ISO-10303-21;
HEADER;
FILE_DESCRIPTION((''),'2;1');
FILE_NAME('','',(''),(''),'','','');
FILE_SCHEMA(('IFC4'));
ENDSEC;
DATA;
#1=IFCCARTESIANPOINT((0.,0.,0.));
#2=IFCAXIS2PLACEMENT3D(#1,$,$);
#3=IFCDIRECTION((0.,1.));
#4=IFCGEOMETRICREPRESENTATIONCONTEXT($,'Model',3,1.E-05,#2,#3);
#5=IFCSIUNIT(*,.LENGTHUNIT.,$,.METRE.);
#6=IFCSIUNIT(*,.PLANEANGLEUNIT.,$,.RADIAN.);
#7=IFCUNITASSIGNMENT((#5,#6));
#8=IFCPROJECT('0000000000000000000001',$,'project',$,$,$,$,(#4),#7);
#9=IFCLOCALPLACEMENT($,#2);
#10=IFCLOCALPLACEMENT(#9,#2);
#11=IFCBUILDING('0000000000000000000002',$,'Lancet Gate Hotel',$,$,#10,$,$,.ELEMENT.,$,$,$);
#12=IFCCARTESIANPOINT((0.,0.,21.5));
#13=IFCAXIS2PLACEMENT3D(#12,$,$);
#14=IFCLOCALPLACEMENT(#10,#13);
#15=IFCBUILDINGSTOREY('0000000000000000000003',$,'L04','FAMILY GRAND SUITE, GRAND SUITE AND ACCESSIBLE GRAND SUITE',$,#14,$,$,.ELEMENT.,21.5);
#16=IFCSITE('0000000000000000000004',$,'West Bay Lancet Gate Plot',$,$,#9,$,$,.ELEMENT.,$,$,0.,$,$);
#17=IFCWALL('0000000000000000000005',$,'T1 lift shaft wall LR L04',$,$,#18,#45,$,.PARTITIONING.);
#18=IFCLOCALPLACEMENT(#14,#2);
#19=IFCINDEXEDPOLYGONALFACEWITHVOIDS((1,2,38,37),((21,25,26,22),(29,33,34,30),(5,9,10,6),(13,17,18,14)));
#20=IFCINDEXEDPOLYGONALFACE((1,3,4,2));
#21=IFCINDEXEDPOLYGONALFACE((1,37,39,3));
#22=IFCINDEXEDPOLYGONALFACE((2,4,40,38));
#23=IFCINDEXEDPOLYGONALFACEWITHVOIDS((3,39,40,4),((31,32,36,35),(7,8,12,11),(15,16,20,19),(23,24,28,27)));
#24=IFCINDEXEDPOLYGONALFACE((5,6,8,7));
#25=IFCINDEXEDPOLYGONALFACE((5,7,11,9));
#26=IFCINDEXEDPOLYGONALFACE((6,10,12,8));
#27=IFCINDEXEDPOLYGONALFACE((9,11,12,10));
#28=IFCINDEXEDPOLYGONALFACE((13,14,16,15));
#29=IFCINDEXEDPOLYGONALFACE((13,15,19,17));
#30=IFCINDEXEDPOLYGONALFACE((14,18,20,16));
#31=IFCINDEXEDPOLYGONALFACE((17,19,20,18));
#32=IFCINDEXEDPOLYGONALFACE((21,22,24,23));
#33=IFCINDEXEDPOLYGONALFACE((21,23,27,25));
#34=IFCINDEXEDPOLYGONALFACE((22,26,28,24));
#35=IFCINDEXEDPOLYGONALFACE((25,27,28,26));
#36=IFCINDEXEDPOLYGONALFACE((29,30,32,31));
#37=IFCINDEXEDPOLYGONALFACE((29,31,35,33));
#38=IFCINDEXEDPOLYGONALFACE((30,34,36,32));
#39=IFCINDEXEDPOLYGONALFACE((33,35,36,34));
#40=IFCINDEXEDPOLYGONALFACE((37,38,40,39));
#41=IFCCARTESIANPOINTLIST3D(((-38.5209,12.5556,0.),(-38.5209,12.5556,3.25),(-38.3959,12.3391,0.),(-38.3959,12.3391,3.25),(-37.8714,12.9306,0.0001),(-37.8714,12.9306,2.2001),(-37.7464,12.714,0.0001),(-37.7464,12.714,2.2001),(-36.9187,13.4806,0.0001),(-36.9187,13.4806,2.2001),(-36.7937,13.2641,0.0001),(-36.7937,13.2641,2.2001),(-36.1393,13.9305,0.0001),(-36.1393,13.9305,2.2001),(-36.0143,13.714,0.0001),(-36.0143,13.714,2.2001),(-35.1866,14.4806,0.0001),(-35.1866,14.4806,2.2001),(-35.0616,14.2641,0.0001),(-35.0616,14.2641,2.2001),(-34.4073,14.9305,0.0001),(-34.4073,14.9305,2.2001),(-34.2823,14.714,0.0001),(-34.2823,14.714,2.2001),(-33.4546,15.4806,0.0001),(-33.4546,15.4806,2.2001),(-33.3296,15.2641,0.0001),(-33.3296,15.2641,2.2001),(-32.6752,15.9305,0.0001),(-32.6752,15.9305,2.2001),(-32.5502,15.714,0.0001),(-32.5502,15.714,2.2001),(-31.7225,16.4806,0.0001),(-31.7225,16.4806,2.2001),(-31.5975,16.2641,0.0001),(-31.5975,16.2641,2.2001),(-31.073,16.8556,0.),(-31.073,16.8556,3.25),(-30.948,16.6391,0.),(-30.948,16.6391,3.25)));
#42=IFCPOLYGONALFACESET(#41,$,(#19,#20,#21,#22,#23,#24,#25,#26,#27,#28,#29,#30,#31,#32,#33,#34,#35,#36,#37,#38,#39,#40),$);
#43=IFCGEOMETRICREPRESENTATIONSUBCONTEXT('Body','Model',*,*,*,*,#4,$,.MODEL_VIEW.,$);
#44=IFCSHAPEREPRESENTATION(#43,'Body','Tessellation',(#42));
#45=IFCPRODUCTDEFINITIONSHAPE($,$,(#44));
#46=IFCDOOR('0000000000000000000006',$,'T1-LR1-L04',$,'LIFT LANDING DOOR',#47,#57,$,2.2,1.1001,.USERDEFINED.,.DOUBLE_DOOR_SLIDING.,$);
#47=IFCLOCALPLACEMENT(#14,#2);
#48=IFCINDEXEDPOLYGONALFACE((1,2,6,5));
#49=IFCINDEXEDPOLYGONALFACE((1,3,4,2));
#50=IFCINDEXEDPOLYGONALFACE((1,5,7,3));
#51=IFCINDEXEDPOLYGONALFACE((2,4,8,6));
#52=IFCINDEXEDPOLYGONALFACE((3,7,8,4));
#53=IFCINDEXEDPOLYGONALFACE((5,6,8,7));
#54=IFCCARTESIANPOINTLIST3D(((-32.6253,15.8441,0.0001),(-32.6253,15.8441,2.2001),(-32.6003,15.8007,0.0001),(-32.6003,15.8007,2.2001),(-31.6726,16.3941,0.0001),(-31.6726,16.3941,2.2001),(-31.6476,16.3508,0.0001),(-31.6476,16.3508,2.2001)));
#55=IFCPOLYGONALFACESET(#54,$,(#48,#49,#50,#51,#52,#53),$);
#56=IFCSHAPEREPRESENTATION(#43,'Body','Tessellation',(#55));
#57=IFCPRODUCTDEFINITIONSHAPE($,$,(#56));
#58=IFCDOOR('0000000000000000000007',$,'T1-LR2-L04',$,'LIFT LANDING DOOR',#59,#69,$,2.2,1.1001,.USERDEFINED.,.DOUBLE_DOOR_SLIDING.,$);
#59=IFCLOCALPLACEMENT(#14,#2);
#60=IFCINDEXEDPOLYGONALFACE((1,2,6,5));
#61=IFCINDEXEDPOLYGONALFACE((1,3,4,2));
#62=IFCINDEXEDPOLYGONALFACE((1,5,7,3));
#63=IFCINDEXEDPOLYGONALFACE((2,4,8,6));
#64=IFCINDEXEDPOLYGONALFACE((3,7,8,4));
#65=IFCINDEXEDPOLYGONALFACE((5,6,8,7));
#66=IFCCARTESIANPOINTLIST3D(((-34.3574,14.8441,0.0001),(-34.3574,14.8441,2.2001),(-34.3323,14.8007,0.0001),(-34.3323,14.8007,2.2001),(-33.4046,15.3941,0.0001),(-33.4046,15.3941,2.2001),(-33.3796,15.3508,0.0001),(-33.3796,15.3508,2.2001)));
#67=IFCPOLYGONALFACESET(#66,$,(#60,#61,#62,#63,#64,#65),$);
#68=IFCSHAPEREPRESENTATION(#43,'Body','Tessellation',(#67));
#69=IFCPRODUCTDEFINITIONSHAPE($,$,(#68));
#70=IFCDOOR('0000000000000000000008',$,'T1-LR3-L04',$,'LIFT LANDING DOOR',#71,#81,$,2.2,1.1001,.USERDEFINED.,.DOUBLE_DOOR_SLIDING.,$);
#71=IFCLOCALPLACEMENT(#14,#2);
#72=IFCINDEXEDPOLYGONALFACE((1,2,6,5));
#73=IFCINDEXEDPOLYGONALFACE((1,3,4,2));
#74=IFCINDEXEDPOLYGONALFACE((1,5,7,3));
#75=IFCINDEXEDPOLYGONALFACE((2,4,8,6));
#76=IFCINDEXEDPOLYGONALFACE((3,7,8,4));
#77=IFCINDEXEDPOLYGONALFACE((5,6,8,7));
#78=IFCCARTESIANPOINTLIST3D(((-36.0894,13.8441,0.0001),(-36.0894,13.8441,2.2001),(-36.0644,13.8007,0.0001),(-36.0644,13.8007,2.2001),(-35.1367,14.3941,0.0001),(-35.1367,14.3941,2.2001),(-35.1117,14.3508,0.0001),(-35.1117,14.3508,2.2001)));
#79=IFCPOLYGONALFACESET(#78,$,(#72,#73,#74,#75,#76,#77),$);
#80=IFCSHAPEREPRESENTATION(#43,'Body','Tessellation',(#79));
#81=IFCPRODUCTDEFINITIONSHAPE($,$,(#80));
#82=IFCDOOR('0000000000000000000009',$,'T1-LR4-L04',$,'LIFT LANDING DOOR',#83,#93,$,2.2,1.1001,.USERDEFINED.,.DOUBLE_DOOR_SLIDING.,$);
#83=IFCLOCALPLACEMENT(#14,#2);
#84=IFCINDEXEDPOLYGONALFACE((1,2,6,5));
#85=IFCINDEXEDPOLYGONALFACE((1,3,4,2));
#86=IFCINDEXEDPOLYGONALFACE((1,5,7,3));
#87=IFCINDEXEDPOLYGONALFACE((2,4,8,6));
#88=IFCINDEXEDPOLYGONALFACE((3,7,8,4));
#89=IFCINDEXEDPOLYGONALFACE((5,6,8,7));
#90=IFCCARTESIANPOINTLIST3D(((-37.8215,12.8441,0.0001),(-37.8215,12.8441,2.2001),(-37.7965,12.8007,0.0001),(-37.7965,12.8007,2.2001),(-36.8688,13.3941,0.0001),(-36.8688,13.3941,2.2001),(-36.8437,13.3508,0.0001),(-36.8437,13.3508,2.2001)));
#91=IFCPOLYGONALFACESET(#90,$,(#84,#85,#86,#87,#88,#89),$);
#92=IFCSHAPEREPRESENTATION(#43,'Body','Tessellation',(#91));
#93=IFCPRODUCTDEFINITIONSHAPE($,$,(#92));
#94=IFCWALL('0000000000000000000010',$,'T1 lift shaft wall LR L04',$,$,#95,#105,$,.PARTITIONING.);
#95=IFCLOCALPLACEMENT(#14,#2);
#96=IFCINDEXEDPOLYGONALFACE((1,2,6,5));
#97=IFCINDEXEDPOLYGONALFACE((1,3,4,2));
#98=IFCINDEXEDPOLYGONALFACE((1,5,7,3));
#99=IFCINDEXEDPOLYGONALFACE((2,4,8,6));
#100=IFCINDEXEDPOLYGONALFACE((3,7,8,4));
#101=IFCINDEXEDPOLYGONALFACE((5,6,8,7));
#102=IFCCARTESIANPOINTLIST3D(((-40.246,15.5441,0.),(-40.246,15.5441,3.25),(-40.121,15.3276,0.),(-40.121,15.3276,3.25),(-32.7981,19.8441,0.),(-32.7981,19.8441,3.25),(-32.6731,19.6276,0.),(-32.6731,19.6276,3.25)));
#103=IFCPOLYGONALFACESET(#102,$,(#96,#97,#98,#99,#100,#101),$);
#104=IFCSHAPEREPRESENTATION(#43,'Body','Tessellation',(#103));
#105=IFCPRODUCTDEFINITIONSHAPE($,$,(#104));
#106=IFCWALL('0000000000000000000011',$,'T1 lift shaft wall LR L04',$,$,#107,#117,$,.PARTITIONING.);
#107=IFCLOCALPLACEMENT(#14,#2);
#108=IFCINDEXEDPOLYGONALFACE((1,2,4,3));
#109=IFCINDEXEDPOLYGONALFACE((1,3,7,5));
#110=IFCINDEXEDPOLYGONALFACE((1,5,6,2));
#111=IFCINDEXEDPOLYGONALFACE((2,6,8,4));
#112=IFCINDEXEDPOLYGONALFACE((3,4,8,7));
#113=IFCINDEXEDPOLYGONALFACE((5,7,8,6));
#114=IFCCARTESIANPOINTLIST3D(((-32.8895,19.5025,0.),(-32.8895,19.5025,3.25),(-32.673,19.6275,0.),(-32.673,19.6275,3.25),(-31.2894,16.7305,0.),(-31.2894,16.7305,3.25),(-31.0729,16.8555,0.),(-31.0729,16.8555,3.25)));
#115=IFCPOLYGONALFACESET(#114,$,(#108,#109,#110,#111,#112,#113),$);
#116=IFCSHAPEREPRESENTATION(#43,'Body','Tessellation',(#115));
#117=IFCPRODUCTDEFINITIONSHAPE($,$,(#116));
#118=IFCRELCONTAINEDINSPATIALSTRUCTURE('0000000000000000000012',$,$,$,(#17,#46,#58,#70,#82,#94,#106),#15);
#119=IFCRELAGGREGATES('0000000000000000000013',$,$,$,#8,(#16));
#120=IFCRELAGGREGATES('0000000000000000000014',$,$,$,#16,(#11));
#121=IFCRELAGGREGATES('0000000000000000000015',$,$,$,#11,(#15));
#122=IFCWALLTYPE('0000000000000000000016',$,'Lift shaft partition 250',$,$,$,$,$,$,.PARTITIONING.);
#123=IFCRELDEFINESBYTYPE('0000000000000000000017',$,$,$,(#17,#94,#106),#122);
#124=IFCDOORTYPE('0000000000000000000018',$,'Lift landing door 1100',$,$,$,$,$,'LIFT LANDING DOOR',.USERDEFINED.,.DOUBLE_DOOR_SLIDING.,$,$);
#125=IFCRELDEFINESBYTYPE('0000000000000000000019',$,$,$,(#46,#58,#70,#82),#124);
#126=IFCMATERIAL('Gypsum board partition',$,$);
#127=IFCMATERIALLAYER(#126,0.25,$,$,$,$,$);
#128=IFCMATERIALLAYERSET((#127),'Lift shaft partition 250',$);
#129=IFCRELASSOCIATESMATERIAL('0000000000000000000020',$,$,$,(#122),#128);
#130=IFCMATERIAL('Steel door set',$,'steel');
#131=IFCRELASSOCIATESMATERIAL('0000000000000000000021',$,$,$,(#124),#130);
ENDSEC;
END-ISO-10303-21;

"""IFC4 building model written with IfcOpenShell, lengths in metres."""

from ifc_helpers import new_model, si_unit, direction, frame, frame_2d, origin, place, context, subcontext, project, spatial, rectangle, extrude, material, layer, layer_set, type_object, element, fill, save


model = new_model("IFC4")

# Units and contexts
model_context = context("Model", 3, precision=1e-05, world=origin(), true_north=direction((0.0, 1.0)))
body_context = subcontext(model_context, "Body", "Model", "MODEL_VIEW")
ifc_project = project(units=[si_unit("LENGTHUNIT", "METRE"), si_unit("PLANEANGLEUNIT", "RADIAN")], contexts=[model_context])

# Site, building, storey
site_placement = place(None, origin())
site = spatial("IfcSite", under=ifc_project, at=site_placement, Name="West Bay Lancet Gate Plot", CompositionType="ELEMENT", RefElevation=0.0)
building_placement = place(site_placement, origin())
building = spatial("IfcBuilding", under=site, at=building_placement, Name="Lancet Gate Hotel", CompositionType="ELEMENT")
storey_placement = place(building_placement, frame((0.0, 0.0, 21.5)))
storey = spatial("IfcBuildingStorey", under=building, at=storey_placement, Name="L04", Description="FAMILY GRAND SUITE, GRAND SUITE AND ACCESSIBLE GRAND SUITE", CompositionType="ELEMENT", Elevation=21.5)

# Wall, openings, doors
ifc_material_1 = material(Name="Gypsum board partition")
ifc_layer_1 = layer(ifc_material_1, 0.25)
ifc_layer_set_1 = layer_set([ifc_layer_1], Name="Lift shaft partition 250")
wall_type = type_object("IfcWallType", Name="Lift shaft partition 250", PredefinedType="PARTITIONING", material=ifc_layer_set_1)
wall_1_placement = place(storey_placement, frame((-31.0105, 16.7473, 0.0), z_axis=(0.0, 0.0, 1.0), x_axis=(-0.866028, -0.499995, 0.0)))
wall_1 = element("IfcWall", 1, at=wall_1_placement, inside=storey, type_object=wall_type, Name="T1 lift shaft wall LR L04", PredefinedType="PARTITIONING", context=body_context, shape_type="SweptSolid", body=[
    extrude(rectangle(XDim=8.6001, YDim=0.25, at=frame_2d((4.3, 0.0))), origin(), (0.0, 0.0, 1.0), 3.25),
])
opening_1_placement = place(wall_1_placement, frame((0.75, 0.0, 0.0)))
opening_1 = element("IfcOpeningElement", 2, at=opening_1_placement, cuts=wall_1, PredefinedType="OPENING", context=body_context, shape_type="SweptSolid", body=[
    extrude(rectangle(XDim=1.1001, YDim=2.2, at=frame_2d((0.55, 1.1001))), frame((0.0, 0.135, 0.0), z_axis=(0.0, -1.0, 0.0), x_axis=(1.0, 0.0, 0.0)), (0.0, 0.0, 1.0), 0.27),
])
opening_2_placement = place(wall_1_placement, frame((2.75, 0.0, 0.0)))
opening_2 = element("IfcOpeningElement", 3, at=opening_2_placement, cuts=wall_1, PredefinedType="OPENING", context=body_context, shape_type="SweptSolid", body=[
    extrude(rectangle(XDim=1.1001, YDim=2.2, at=frame_2d((0.55, 1.1001))), frame((0.0, 0.135, 0.0), z_axis=(0.0, -1.0, 0.0), x_axis=(1.0, 0.0, 0.0)), (0.0, 0.0, 1.0), 0.27),
])
opening_3_placement = place(wall_1_placement, frame((4.75, 0.0, 0.0)))
opening_3 = element("IfcOpeningElement", 4, at=opening_3_placement, cuts=wall_1, PredefinedType="OPENING", context=body_context, shape_type="SweptSolid", body=[
    extrude(rectangle(XDim=1.1001, YDim=2.2, at=frame_2d((0.55, 1.1001))), frame((0.0, 0.135, 0.0), z_axis=(0.0, -1.0, 0.0), x_axis=(1.0, 0.0, 0.0)), (0.0, 0.0, 1.0), 0.27),
])
opening_4_placement = place(wall_1_placement, frame((6.75, 0.0, 0.0)))
opening_4 = element("IfcOpeningElement", 5, at=opening_4_placement, cuts=wall_1, PredefinedType="OPENING", context=body_context, shape_type="SweptSolid", body=[
    extrude(rectangle(XDim=1.1001, YDim=2.2, at=frame_2d((0.55, 1.1001))), frame((0.0, 0.135, 0.0), z_axis=(0.0, -1.0, 0.0), x_axis=(1.0, 0.0, 0.0)), (0.0, 0.0, 1.0), 0.27),
])
ifc_material_2 = material(Name="Steel door set", Category="steel")
door_type = type_object("IfcDoorType", Name="Lift landing door 1100", ElementType="LIFT LANDING DOOR", OperationType="DOUBLE_DOOR_SLIDING", PredefinedType="USERDEFINED", material=ifc_material_2)
door_1_placement = place(opening_1_placement, origin())
door_1 = element("IfcDoor", 6, at=door_1_placement, inside=storey, type_object=door_type, Name="T1-LR1-L04", ObjectType="LIFT LANDING DOOR", OperationType="DOUBLE_DOOR_SLIDING", OverallHeight=2.2, OverallWidth=1.1001, PredefinedType="USERDEFINED", context=body_context, shape_type="SweptSolid", body=[
    extrude(rectangle(XDim=1.1001, YDim=2.2, at=frame_2d((0.55, 1.1001))), frame((0.0, 0.0249, 0.0), z_axis=(0.0, -1.0, 0.0), x_axis=(1.0, 0.0, 0.0)), (0.0, 0.0, 1.0), 0.05),
])
fill(opening_1, door_1)
door_2_placement = place(opening_2_placement, origin())
door_2 = element("IfcDoor", 7, at=door_2_placement, inside=storey, type_object=door_type, Name="T1-LR2-L04", ObjectType="LIFT LANDING DOOR", OperationType="DOUBLE_DOOR_SLIDING", OverallHeight=2.2, OverallWidth=1.1001, PredefinedType="USERDEFINED", context=body_context, shape_type="SweptSolid", body=[
    extrude(rectangle(XDim=1.1001, YDim=2.2, at=frame_2d((0.55, 1.1001))), frame((0.0, 0.0249, 0.0), z_axis=(0.0, -1.0, 0.0), x_axis=(1.0, 0.0, 0.0)), (0.0, 0.0, 1.0), 0.05),
])
fill(opening_2, door_2)
door_3_placement = place(opening_3_placement, origin())
door_3 = element("IfcDoor", 8, at=door_3_placement, inside=storey, type_object=door_type, Name="T1-LR3-L04", ObjectType="LIFT LANDING DOOR", OperationType="DOUBLE_DOOR_SLIDING", OverallHeight=2.2, OverallWidth=1.1001, PredefinedType="USERDEFINED", context=body_context, shape_type="SweptSolid", body=[
    extrude(rectangle(XDim=1.1001, YDim=2.2, at=frame_2d((0.55, 1.1001))), frame((0.0, 0.0249, 0.0), z_axis=(0.0, -1.0, 0.0), x_axis=(1.0, 0.0, 0.0)), (0.0, 0.0, 1.0), 0.05),
])
fill(opening_3, door_3)
door_4_placement = place(opening_4_placement, origin())
door_4 = element("IfcDoor", 9, at=door_4_placement, inside=storey, type_object=door_type, Name="T1-LR4-L04", ObjectType="LIFT LANDING DOOR", OperationType="DOUBLE_DOOR_SLIDING", OverallHeight=2.2, OverallWidth=1.1001, PredefinedType="USERDEFINED", context=body_context, shape_type="SweptSolid", body=[
    extrude(rectangle(XDim=1.1001, YDim=2.2, at=frame_2d((0.55, 1.1001))), frame((0.0, 0.0249, 0.0), z_axis=(0.0, -1.0, 0.0), x_axis=(1.0, 0.0, 0.0)), (0.0, 0.0, 1.0), 0.05),
])
fill(opening_4, door_4)

# Walls
wall_2_placement = place(storey_placement, frame((-32.7356, 19.7358, 0.0), z_axis=(0.0, 0.0, 1.0), x_axis=(-0.866028, -0.499995, 0.0)))
element("IfcWall", 10, at=wall_2_placement, inside=storey, type_object=wall_type, Name="T1 lift shaft wall LR L04", PredefinedType="PARTITIONING", context=body_context, shape_type="SweptSolid", body=[
    extrude(rectangle(XDim=8.6001, YDim=0.25, at=frame_2d((4.3, 0.0))), origin(), (0.0, 0.0, 1.0), 3.25),
])
wall_3_placement = place(storey_placement, frame((-31.1812, 16.793, 0.0), z_axis=(0.0, 0.0, 1.0), x_axis=(-0.499929, 0.866066, 0.0)))
element("IfcWall", 11, at=wall_3_placement, inside=storey, type_object=wall_type, Name="T1 lift shaft wall LR L04", PredefinedType="PARTITIONING", context=body_context, shape_type="SweptSolid", body=[
    extrude(rectangle(XDim=3.2007, YDim=0.25, at=frame_2d((1.6003, 0.0))), origin(), (0.0, 0.0, 1.0), 3.25),
])

save(model, "model.ifc")
